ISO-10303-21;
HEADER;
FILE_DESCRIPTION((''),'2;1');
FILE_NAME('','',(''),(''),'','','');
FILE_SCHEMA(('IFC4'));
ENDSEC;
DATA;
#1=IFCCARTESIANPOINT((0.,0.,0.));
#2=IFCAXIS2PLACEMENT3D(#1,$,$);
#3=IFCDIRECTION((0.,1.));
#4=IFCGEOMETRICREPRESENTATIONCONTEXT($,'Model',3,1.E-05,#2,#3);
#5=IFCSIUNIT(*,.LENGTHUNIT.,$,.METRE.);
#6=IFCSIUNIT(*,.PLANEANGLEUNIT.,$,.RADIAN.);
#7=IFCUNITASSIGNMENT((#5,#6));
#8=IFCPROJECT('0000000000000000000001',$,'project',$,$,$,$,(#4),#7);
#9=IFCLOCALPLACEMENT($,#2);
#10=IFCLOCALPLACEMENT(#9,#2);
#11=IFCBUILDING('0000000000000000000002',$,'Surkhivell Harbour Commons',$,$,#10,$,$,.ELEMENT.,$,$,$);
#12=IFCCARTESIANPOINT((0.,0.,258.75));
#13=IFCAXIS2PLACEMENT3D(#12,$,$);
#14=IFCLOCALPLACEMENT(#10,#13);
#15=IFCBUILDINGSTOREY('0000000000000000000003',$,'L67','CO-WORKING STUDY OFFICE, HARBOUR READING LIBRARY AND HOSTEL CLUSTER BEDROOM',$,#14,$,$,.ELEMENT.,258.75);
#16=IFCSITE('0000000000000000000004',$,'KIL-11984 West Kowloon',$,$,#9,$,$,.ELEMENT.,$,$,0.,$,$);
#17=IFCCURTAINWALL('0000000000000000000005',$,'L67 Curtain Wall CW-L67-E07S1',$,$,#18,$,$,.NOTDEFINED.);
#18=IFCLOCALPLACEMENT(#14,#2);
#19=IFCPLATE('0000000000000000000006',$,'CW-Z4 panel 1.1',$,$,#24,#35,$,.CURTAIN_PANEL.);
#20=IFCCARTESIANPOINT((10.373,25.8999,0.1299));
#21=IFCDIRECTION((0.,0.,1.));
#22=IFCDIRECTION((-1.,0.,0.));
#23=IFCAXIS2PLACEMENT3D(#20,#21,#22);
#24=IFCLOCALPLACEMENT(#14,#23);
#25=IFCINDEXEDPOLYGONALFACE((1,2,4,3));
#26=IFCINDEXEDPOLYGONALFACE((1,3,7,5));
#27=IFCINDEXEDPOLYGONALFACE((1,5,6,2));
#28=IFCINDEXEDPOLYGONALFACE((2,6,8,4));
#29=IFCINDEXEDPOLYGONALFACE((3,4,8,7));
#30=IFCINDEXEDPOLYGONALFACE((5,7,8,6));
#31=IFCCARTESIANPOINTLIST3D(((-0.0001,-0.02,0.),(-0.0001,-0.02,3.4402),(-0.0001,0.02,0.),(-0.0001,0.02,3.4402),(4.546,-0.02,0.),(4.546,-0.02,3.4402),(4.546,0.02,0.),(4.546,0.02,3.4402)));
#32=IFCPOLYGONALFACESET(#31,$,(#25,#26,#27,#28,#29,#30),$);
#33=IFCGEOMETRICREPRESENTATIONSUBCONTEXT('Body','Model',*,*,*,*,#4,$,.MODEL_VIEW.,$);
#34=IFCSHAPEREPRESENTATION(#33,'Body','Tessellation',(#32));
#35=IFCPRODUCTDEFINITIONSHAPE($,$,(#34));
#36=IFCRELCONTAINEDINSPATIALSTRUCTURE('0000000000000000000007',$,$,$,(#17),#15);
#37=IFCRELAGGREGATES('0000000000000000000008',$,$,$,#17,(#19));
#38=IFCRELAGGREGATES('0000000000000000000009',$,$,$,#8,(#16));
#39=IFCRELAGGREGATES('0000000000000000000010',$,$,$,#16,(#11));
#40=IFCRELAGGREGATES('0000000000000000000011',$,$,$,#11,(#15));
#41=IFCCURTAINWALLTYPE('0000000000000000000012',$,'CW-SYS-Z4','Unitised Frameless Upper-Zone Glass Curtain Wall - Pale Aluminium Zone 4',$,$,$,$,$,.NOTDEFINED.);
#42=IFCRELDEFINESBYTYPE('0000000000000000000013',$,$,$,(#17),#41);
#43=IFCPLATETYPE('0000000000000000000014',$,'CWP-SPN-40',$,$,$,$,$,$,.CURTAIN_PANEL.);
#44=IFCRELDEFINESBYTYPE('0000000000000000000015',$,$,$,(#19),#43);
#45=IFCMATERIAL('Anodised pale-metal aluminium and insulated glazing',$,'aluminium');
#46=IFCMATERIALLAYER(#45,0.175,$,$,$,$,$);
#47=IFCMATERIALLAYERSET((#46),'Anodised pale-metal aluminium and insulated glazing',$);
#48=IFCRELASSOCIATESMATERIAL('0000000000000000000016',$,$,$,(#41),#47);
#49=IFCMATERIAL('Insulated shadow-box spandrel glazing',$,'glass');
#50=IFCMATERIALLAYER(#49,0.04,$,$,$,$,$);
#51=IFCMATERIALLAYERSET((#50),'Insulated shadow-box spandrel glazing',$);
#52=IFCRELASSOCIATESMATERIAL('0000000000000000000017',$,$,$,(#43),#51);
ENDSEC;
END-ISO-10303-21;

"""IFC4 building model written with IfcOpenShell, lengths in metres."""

from ifc_helpers import new_model, si_unit, direction, frame, frame_2d, origin, place, context, subcontext, project, spatial, rectangle, extrude, material, layer, layer_set, type_object, element, aggregate, save


model = new_model("IFC4")

# Units and contexts
model_context = context("Model", 3, precision=1e-05, world=origin(), true_north=direction((0.0, 1.0)))
body_context = subcontext(model_context, "Body", "Model", "MODEL_VIEW")
ifc_project = project(units=[si_unit("LENGTHUNIT", "METRE"), si_unit("PLANEANGLEUNIT", "RADIAN")], contexts=[model_context])

# Site, building, storey
site_placement = place(None, origin())
site = spatial("IfcSite", under=ifc_project, at=site_placement, Name="KIL-11984 West Kowloon", CompositionType="ELEMENT", RefElevation=0.0)
building_placement = place(site_placement, origin())
building = spatial("IfcBuilding", under=site, at=building_placement, Name="Surkhivell Harbour Commons", CompositionType="ELEMENT")
storey_placement = place(building_placement, frame((0.0, 0.0, 258.75)))
storey = spatial("IfcBuildingStorey", under=building, at=storey_placement, Name="L67", Description="CO-WORKING STUDY OFFICE, HARBOUR READING LIBRARY AND HOSTEL CLUSTER BEDROOM", CompositionType="ELEMENT", Elevation=258.75)

# Curtain wall
ifc_material_1 = material(Name="Anodised pale-metal aluminium and insulated glazing", Category="aluminium")
ifc_layer_1 = layer(ifc_material_1, 0.175)
ifc_layer_set_1 = layer_set([ifc_layer_1], Name="Anodised pale-metal aluminium and insulated glazing")
curtain_wall_type = type_object("IfcCurtainWallType", Name="CW-SYS-Z4", Description="Unitised Frameless Upper-Zone Glass Curtain Wall - Pale Aluminium Zone 4", PredefinedType="NOTDEFINED", material=ifc_layer_set_1)
curtain_wall_placement = place(storey_placement, origin())
curtain_wall = element("IfcCurtainWall", 1, at=curtain_wall_placement, inside=storey, type_object=curtain_wall_type, Name="L67 Curtain Wall CW-L67-E07S1", PredefinedType="NOTDEFINED")

# Plate
ifc_material_2 = material(Name="Insulated shadow-box spandrel glazing", Category="glass")
ifc_layer_2 = layer(ifc_material_2, 0.04)
ifc_layer_set_2 = layer_set([ifc_layer_2], Name="Insulated shadow-box spandrel glazing")
plate_type_1 = type_object("IfcPlateType", Name="CWP-SPN-40", PredefinedType="CURTAIN_PANEL", material=ifc_layer_set_2)
plate_placement = place(storey_placement, frame((10.373, 25.8999, 0.1299), z_axis=(0.0, 0.0, 1.0), x_axis=(-1.0, 0.0, 0.0)))
plate = element("IfcPlate", 2, at=plate_placement, type_object=plate_type_1, Name="CW-Z4 panel 1.1", PredefinedType="CURTAIN_PANEL", context=body_context, shape_type="SweptSolid", body=[
    extrude(rectangle(XDim=4.5461, YDim=0.04, at=frame_2d((2.2729, 0.0))), origin(), (0.0, 0.0, 1.0), 3.4402),
])
aggregate(curtain_wall, [plate])

save(model, "model.ifc")
